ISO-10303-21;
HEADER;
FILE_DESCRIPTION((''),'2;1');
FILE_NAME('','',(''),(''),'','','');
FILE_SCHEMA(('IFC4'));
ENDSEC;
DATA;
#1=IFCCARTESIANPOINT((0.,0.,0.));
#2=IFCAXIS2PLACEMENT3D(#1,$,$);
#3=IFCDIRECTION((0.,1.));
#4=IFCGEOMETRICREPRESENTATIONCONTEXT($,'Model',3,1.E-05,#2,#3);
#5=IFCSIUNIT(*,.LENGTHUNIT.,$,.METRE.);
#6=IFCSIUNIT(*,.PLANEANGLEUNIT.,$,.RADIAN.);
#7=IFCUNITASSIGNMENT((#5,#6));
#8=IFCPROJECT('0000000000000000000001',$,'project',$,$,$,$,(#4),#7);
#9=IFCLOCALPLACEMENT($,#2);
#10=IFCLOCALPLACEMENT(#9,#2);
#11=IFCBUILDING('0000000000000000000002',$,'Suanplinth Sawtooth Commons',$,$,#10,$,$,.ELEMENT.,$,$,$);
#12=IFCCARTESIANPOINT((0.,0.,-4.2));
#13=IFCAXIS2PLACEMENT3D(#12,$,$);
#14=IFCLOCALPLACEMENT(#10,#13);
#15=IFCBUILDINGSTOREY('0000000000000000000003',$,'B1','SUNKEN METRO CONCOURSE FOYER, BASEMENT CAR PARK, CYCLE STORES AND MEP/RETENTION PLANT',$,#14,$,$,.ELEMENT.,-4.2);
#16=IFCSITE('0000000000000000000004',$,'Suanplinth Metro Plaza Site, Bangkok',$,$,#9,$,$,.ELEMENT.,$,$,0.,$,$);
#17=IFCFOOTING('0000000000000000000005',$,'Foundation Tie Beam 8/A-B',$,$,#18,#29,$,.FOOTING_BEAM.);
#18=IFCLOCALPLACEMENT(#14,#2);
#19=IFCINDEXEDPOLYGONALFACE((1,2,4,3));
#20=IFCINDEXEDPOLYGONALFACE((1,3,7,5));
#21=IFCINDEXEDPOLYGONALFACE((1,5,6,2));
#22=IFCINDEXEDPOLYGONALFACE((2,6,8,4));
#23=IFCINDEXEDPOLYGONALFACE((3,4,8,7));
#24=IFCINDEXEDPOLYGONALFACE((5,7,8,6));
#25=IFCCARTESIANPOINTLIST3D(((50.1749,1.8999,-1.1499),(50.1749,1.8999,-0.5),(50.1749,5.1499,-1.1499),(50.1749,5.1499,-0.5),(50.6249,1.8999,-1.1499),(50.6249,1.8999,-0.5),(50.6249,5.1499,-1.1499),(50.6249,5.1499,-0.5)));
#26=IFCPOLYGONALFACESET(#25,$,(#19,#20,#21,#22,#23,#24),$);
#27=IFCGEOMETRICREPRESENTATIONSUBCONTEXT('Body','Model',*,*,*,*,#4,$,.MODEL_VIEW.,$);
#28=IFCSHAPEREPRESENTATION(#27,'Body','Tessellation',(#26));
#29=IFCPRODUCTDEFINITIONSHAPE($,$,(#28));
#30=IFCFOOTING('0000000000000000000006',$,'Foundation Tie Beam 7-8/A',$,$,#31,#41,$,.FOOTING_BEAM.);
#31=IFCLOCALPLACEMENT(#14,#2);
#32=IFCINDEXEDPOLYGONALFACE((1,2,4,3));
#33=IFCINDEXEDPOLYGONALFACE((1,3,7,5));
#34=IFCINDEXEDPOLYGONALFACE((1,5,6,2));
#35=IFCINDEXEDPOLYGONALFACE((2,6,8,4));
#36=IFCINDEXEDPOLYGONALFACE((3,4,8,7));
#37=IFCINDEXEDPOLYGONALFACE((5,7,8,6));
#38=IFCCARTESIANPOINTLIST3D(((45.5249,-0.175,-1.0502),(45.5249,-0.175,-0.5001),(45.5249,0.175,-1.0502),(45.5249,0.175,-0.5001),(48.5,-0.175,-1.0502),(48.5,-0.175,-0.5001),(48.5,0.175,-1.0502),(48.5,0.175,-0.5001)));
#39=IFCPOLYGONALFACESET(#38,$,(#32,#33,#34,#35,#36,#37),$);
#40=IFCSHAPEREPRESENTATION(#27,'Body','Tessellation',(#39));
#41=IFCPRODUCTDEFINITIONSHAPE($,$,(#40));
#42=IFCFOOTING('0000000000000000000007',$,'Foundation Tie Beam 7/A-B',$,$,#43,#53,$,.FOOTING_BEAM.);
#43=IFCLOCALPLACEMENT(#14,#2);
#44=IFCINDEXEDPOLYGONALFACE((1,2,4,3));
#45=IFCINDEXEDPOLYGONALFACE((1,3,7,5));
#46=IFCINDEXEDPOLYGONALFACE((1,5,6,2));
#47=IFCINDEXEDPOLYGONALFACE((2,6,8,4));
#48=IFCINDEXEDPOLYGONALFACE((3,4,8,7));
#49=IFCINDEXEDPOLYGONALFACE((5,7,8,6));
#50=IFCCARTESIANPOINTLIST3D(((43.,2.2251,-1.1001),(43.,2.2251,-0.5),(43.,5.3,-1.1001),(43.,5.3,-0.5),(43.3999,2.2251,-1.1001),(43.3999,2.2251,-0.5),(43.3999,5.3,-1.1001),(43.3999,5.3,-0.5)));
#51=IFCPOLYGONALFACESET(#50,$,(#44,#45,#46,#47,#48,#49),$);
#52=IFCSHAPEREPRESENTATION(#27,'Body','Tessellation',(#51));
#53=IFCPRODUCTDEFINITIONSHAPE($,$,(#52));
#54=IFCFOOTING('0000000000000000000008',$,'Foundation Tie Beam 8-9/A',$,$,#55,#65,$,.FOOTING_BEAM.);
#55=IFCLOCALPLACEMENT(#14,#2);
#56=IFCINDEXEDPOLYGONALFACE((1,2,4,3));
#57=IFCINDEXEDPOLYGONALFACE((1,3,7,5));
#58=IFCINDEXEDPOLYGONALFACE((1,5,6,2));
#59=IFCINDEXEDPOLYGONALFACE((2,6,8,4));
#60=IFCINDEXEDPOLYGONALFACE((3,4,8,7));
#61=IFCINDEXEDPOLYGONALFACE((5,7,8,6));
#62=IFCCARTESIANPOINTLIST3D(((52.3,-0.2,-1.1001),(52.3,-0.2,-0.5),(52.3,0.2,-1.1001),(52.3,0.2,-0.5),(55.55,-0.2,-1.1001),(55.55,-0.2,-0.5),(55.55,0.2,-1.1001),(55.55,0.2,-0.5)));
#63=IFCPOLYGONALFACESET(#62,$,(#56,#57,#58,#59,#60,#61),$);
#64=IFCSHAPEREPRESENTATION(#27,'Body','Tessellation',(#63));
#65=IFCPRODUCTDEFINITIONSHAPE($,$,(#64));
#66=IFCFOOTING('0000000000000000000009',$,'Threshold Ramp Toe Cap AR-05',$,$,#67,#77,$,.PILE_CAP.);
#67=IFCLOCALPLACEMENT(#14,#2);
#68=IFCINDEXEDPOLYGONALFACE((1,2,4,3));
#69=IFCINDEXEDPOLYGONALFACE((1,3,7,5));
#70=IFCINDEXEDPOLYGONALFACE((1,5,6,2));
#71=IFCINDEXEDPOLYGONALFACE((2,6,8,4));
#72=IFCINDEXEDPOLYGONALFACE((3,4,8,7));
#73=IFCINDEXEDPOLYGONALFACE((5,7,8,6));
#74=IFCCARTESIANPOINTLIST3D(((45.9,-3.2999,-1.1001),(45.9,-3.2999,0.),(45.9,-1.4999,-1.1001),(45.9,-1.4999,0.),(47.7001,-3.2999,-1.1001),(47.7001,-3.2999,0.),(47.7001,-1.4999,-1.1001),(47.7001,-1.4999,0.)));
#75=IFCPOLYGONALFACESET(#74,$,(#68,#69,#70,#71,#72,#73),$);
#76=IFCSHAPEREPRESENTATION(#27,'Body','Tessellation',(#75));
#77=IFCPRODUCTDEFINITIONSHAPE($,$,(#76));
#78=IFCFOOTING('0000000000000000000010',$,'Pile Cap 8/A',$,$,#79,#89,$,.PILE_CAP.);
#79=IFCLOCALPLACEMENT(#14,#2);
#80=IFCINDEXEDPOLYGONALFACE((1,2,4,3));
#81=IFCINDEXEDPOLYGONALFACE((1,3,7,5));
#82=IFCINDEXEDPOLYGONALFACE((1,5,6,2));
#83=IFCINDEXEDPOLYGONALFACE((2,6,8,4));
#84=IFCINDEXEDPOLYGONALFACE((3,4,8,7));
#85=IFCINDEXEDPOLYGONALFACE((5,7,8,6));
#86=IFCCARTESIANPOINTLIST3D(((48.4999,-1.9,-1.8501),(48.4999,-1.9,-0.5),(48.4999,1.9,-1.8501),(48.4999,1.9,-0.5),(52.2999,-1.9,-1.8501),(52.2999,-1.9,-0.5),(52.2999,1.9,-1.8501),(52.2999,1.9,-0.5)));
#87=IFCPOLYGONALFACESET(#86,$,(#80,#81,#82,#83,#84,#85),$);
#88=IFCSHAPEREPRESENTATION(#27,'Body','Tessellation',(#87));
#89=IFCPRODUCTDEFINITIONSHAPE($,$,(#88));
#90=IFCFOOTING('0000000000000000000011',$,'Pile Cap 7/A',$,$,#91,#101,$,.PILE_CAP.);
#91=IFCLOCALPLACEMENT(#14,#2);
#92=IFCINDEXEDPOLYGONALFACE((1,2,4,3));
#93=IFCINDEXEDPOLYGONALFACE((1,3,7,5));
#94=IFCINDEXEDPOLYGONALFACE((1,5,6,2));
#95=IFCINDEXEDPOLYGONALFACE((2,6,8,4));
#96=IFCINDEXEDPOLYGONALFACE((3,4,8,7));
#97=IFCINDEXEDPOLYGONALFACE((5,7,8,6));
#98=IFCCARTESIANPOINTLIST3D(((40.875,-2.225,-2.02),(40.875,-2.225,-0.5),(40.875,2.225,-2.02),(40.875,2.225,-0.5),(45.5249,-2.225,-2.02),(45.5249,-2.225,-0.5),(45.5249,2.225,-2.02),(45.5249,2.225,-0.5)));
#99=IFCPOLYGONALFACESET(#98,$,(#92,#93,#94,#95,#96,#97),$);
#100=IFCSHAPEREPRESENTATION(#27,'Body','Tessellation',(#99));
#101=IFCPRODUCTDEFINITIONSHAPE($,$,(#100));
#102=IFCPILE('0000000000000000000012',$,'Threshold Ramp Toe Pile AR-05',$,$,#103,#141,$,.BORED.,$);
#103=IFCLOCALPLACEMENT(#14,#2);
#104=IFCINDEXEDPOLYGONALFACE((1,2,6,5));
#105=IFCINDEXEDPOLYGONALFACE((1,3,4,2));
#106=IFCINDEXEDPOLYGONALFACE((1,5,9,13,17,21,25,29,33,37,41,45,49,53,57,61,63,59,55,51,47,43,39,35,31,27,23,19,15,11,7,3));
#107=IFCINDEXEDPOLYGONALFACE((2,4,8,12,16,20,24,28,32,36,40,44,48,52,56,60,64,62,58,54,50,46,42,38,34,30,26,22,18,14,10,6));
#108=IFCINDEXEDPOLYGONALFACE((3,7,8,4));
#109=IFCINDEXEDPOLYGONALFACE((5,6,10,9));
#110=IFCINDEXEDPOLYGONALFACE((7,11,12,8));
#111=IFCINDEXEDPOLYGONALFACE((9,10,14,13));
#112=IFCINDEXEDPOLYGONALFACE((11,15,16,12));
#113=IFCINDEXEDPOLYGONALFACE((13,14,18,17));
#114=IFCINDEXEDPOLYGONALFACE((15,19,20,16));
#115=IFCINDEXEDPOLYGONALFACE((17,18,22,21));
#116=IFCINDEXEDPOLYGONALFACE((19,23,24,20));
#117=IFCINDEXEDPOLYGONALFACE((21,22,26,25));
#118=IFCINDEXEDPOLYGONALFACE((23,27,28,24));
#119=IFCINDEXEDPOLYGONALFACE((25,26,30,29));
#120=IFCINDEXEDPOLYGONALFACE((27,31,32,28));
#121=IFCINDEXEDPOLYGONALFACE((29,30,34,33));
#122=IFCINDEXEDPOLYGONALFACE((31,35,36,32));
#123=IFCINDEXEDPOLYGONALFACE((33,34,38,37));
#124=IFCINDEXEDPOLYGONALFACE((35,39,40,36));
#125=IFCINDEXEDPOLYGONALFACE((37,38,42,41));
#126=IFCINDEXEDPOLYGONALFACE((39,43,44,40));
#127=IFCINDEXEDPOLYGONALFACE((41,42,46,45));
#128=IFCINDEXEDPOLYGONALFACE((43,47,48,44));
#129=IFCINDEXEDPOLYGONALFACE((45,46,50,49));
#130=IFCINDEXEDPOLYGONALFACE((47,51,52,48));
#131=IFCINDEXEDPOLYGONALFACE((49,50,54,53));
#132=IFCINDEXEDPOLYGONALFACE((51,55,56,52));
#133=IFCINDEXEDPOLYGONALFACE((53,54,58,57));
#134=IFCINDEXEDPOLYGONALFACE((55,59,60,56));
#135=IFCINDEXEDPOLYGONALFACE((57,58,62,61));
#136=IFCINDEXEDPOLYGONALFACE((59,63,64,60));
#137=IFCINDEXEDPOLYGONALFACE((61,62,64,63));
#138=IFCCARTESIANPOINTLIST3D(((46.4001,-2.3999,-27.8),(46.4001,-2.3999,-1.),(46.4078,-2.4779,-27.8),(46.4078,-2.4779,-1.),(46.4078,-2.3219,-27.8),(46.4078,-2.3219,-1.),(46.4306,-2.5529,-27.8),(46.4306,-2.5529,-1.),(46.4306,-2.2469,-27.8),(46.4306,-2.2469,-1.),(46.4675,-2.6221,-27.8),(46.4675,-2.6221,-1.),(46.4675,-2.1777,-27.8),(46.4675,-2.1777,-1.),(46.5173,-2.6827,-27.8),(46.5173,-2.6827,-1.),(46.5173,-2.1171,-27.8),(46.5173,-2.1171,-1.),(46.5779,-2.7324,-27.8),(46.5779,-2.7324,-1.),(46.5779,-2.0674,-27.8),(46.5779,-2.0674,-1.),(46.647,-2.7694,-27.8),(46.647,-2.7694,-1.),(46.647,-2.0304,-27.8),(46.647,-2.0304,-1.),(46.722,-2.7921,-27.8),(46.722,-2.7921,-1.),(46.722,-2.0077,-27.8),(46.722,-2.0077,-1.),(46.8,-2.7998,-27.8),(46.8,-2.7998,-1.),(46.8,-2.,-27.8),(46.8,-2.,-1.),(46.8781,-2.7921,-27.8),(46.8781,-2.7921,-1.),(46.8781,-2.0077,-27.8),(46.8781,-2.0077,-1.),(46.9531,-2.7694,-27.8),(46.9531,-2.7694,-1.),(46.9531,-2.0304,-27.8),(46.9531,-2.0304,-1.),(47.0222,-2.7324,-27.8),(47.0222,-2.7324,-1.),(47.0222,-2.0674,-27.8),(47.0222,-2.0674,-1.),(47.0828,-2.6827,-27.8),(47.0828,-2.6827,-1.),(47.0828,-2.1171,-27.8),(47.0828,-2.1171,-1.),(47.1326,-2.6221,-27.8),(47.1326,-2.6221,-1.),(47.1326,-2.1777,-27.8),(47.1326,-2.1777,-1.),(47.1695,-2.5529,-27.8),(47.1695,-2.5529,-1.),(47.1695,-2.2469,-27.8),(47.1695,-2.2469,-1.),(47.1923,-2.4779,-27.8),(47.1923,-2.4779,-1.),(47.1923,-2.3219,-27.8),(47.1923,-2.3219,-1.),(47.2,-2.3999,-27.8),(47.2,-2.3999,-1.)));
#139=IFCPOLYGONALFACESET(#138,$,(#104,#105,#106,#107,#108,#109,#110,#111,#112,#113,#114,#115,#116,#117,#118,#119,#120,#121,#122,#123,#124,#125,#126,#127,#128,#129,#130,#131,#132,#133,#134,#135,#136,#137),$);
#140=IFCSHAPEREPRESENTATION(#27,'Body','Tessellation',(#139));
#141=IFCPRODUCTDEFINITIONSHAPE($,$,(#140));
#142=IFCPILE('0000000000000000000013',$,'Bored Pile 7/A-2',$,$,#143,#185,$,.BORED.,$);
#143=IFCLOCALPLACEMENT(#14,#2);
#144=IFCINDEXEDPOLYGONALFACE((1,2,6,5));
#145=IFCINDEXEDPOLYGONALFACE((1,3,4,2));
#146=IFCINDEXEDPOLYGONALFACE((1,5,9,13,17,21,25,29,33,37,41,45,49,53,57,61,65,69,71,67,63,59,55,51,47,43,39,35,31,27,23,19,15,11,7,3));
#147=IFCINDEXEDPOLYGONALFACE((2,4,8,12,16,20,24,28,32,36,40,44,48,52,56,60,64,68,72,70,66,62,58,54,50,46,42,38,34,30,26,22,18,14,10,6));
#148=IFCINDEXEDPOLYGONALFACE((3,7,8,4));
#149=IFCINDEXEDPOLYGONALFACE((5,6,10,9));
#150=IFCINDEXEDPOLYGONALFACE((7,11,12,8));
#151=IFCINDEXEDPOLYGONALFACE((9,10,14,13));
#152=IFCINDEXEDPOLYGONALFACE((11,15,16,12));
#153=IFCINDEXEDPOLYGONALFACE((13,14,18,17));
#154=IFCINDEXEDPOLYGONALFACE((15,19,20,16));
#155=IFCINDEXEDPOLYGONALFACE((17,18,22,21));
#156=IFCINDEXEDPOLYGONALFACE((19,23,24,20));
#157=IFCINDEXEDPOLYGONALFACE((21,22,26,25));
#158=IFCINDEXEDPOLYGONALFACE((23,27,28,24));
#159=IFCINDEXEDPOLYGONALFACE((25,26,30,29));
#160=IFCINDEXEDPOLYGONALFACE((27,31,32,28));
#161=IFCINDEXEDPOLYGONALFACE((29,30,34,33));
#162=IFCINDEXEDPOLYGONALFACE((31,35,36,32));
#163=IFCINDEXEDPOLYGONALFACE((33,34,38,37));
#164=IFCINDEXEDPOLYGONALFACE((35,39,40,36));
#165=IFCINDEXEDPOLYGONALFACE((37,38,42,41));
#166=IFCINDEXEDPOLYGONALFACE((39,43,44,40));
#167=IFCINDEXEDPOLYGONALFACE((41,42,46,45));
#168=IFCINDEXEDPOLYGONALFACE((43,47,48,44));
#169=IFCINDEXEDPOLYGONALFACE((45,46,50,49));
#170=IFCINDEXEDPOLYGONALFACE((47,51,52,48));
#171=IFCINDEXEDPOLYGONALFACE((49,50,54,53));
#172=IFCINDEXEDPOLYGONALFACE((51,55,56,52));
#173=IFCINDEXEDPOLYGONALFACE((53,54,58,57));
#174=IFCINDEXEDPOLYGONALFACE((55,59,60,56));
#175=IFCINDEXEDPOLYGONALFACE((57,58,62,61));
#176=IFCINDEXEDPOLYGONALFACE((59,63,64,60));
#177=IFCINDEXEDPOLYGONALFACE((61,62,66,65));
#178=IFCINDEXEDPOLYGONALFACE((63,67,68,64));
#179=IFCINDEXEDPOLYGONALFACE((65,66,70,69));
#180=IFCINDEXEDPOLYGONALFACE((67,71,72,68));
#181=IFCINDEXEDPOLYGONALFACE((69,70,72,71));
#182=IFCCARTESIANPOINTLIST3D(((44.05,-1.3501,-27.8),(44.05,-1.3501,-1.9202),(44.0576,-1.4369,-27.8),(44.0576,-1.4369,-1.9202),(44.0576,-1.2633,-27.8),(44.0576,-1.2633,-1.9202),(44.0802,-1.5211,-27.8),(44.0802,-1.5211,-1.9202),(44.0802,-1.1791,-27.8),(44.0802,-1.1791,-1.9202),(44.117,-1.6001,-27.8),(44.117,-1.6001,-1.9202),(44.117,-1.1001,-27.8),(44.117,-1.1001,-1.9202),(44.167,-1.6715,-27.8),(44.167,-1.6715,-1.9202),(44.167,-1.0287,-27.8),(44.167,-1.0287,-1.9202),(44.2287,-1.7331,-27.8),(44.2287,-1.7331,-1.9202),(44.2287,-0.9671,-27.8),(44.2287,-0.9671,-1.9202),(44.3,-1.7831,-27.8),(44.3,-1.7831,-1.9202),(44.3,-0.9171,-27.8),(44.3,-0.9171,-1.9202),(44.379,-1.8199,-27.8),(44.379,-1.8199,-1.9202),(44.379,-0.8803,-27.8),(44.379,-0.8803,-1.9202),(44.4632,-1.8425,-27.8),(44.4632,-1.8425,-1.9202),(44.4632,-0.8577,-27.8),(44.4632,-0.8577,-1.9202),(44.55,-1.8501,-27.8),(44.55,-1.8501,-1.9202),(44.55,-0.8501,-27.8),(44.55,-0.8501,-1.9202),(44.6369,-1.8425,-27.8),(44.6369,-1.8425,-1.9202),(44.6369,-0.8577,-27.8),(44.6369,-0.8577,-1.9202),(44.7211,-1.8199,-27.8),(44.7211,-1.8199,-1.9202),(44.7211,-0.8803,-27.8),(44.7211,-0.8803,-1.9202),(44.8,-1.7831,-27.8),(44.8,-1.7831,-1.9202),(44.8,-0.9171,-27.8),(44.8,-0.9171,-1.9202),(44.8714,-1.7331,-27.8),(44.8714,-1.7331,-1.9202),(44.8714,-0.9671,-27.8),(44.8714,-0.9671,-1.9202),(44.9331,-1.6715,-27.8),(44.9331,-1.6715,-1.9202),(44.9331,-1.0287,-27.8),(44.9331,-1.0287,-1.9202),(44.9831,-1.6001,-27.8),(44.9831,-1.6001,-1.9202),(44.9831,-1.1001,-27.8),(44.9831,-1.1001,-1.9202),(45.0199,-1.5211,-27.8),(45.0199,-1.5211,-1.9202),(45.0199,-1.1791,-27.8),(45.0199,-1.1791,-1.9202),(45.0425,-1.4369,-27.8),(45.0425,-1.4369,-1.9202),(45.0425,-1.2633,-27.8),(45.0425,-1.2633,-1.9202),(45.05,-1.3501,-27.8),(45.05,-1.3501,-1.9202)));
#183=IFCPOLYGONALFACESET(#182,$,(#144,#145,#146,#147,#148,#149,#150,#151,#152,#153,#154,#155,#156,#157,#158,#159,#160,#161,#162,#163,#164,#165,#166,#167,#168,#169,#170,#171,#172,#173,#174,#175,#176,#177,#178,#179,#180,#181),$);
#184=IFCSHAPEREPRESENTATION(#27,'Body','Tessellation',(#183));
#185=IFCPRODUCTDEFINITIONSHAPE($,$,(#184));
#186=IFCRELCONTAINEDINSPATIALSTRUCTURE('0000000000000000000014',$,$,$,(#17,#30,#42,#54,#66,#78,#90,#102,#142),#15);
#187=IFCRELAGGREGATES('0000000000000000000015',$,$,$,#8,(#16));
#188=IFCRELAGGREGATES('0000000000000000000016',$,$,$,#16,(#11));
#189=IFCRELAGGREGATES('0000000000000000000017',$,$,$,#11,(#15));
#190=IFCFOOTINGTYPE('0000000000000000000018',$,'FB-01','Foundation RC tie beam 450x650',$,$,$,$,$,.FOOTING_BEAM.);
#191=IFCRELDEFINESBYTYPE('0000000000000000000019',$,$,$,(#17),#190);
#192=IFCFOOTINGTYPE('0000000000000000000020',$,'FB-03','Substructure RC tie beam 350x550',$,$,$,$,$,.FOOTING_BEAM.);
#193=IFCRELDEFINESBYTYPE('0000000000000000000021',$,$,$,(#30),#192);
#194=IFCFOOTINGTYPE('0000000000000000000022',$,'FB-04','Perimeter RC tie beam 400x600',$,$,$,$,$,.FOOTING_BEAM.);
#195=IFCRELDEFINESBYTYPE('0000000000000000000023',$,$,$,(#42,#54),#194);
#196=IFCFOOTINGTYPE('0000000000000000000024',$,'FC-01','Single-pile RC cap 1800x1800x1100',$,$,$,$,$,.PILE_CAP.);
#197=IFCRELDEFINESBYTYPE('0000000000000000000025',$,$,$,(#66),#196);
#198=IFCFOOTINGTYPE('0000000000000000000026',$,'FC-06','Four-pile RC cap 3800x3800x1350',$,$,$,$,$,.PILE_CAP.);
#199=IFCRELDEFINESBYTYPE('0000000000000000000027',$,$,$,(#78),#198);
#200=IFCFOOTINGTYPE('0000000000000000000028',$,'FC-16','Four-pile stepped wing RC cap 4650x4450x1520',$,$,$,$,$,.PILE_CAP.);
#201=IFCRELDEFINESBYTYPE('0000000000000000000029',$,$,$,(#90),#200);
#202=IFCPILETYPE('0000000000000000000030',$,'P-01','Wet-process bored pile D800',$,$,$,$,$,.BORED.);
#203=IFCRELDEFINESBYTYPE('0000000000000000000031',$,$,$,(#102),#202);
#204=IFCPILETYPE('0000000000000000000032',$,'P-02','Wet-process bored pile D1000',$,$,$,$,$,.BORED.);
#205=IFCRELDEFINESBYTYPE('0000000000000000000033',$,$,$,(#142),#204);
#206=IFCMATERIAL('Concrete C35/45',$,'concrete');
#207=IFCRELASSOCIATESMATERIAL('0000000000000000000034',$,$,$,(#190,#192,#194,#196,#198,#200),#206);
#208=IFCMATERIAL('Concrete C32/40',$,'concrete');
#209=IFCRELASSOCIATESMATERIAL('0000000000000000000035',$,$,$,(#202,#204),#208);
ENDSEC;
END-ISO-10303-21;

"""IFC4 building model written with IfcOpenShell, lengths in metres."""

from ifc_helpers import new_model, si_unit, direction, frame, origin, origin_2d, place, context, subcontext, project, spatial, rectangle, circle, extrude, material, material_profile, profile_set, type_object, element, save


model = new_model("IFC4")

# Units and contexts
model_context = context("Model", 3, precision=1e-05, world=origin(), true_north=direction((0.0, 1.0)))
body_context = subcontext(model_context, "Body", "Model", "MODEL_VIEW")
ifc_project = project(units=[si_unit("LENGTHUNIT", "METRE"), si_unit("PLANEANGLEUNIT", "RADIAN")], contexts=[model_context])

# Site, building, storey
site_placement = place(None, origin())
site = spatial("IfcSite", under=ifc_project, at=site_placement, Name="Suanplinth Metro Plaza Site, Bangkok", CompositionType="ELEMENT", RefElevation=0.0)
building_placement = place(site_placement, origin())
building = spatial("IfcBuilding", under=site, at=building_placement, Name="Suanplinth Sawtooth Commons", CompositionType="ELEMENT")
storey_placement = place(building_placement, frame((0.0, 0.0, -4.2)))
storey = spatial("IfcBuildingStorey", under=building, at=storey_placement, Name="B1", Description="SUNKEN METRO CONCOURSE FOYER, BASEMENT CAR PARK, CYCLE STORES AND MEP/RETENTION PLANT", CompositionType="ELEMENT", Elevation=-4.2)

# Footings
ifc_material_1 = material(Name="Concrete C35/45", Category="concrete")
ifc_material_profile_1 = material_profile(ifc_material_1, rectangle(XDim=0.45, YDim=0.6499, at=origin_2d()), Name="PC-GDR 450x650")
ifc_profile_set_1 = profile_set([ifc_material_profile_1], Name="Concrete C35/45")
footing_type_1 = type_object("IfcFootingType", Name="FB-01", Description="Foundation RC tie beam 450x650", PredefinedType="FOOTING_BEAM", material=ifc_profile_set_1)
footing_1_placement = place(storey_placement, frame((50.3999, 1.8999, -0.825), z_axis=(0.0, 1.0, 0.0), x_axis=(-1.0, 0.0, 0.0)))
element("IfcFooting", 1, at=footing_1_placement, inside=storey, type_object=footing_type_1, Name="Foundation Tie Beam 8/A-B", PredefinedType="FOOTING_BEAM", context=body_context, shape_type="SweptSolid", body=[
    extrude(rectangle(XDim=0.45, YDim=0.6499, at=origin_2d()), origin(), (0.0, 0.0, 1.0), 3.25),
])
ifc_material_profile_2 = material_profile(ifc_material_1, rectangle(XDim=0.3501, YDim=0.55, at=origin_2d()), Name="PC-BM 350x550")
ifc_profile_set_2 = profile_set([ifc_material_profile_2], Name="Concrete C35/45")
footing_type_2 = type_object("IfcFootingType", Name="FB-03", Description="Substructure RC tie beam 350x550", PredefinedType="FOOTING_BEAM", material=ifc_profile_set_2)
footing_2_placement = place(storey_placement, frame((45.5249, 0.0, -0.7751), z_axis=(1.0, 0.0, 0.0), x_axis=(0.0, 1.0, 0.0)))
element("IfcFooting", 2, at=footing_2_placement, inside=storey, type_object=footing_type_2, Name="Foundation Tie Beam 7-8/A", PredefinedType="FOOTING_BEAM", context=body_context, shape_type="SweptSolid", body=[
    extrude(rectangle(XDim=0.3501, YDim=0.55, at=origin_2d()), origin(), (0.0, 0.0, 1.0), 2.9751),
])
ifc_material_profile_3 = material_profile(ifc_material_1, rectangle(XDim=0.3999, YDim=0.6001, at=origin_2d()), Name="PC-GDR 400x600")
ifc_profile_set_3 = profile_set([ifc_material_profile_3], Name="Concrete C35/45")
footing_type_3 = type_object("IfcFootingType", Name="FB-04", Description="Perimeter RC tie beam 400x600", PredefinedType="FOOTING_BEAM", material=ifc_profile_set_3)
footing_3_placement = place(storey_placement, frame((43.2, 2.2251, -0.8), z_axis=(0.0, 1.0, 0.0), x_axis=(-1.0, 0.0, 0.0)))
element("IfcFooting", 3, at=footing_3_placement, inside=storey, type_object=footing_type_3, Name="Foundation Tie Beam 7/A-B", PredefinedType="FOOTING_BEAM", context=body_context, shape_type="SweptSolid", body=[
    extrude(rectangle(XDim=0.3999, YDim=0.6001, at=origin_2d()), origin(), (0.0, 0.0, 1.0), 3.075),
])
footing_4_placement = place(storey_placement, frame((52.3, 0.0, -0.8), z_axis=(1.0, 0.0, 0.0), x_axis=(0.0, 1.0, 0.0)))
element("IfcFooting", 4, at=footing_4_placement, inside=storey, type_object=footing_type_3, Name="Foundation Tie Beam 8-9/A", PredefinedType="FOOTING_BEAM", context=body_context, shape_type="SweptSolid", body=[
    extrude(rectangle(XDim=0.3999, YDim=0.6001, at=origin_2d()), origin(), (0.0, 0.0, 1.0), 3.25),
])
footing_type_4 = type_object("IfcFootingType", Name="FC-01", Description="Single-pile RC cap 1800x1800x1100", PredefinedType="PILE_CAP", material=ifc_material_1)
footing_5_placement = place(storey_placement, frame((46.8, -2.3999, -1.1001), z_axis=(0.0, 0.0, 1.0), x_axis=(1.0, 0.0, 0.0)))
element("IfcFooting", 5, at=footing_5_placement, inside=storey, type_object=footing_type_4, Name="Threshold Ramp Toe Cap AR-05", PredefinedType="PILE_CAP", context=body_context, shape_type="SweptSolid", body=[
    extrude(rectangle(XDim=1.8, YDim=1.8, at=origin_2d()), origin(), (0.0, 0.0, 1.0), 1.1001),
])
footing_type_5 = type_object("IfcFootingType", Name="FC-06", Description="Four-pile RC cap 3800x3800x1350", PredefinedType="PILE_CAP", material=ifc_material_1)
footing_6_placement = place(storey_placement, frame((50.3999, 0.0, -1.8501), z_axis=(0.0, 0.0, 1.0), x_axis=(1.0, 0.0, 0.0)))
element("IfcFooting", 6, at=footing_6_placement, inside=storey, type_object=footing_type_5, Name="Pile Cap 8/A", PredefinedType="PILE_CAP", context=body_context, shape_type="SweptSolid", body=[
    extrude(rectangle(XDim=3.8, YDim=3.8, at=origin_2d()), origin(), (0.0, 0.0, 1.0), 1.3501),
])
footing_type_6 = type_object("IfcFootingType", Name="FC-16", Description="Four-pile stepped wing RC cap 4650x4450x1520", PredefinedType="PILE_CAP", material=ifc_material_1)
footing_7_placement = place(storey_placement, frame((43.2, 0.0, -2.02), z_axis=(0.0, 0.0, 1.0), x_axis=(1.0, 0.0, 0.0)))
element("IfcFooting", 7, at=footing_7_placement, inside=storey, type_object=footing_type_6, Name="Pile Cap 7/A", PredefinedType="PILE_CAP", context=body_context, shape_type="SweptSolid", body=[
    extrude(rectangle(XDim=4.6499, YDim=4.45, at=origin_2d()), origin(), (0.0, 0.0, 1.0), 1.52),
])

# Piles
ifc_material_2 = material(Name="Concrete C32/40", Category="concrete")
ifc_material_profile_4 = material_profile(ifc_material_2, circle(Radius=0.3999, at=origin_2d()), Name="PILE D800")
ifc_profile_set_4 = profile_set([ifc_material_profile_4], Name="Concrete C32/40")
pile_type_1 = type_object("IfcPileType", Name="P-01", Description="Wet-process bored pile D800", PredefinedType="BORED", material=ifc_profile_set_4)
pile_1_placement = place(storey_placement, frame((46.8, -2.3999, -1.0), z_axis=(0.0, 0.0, -1.0), x_axis=(1.0, 0.0, 0.0)))
element("IfcPile", 8, at=pile_1_placement, inside=storey, type_object=pile_type_1, Name="Threshold Ramp Toe Pile AR-05", PredefinedType="BORED", context=body_context, shape_type="SweptSolid", body=[
    extrude(circle(Radius=0.3999, at=origin_2d()), origin(), (0.0, 0.0, 1.0), 26.8),
])
ifc_material_profile_5 = material_profile(ifc_material_2, circle(Radius=0.5, at=origin_2d()), Name="PILE D1000")
ifc_profile_set_5 = profile_set([ifc_material_profile_5], Name="Concrete C32/40")
pile_type_2 = type_object("IfcPileType", Name="P-02", Description="Wet-process bored pile D1000", PredefinedType="BORED", material=ifc_profile_set_5)
for number, where, z_axis, x_axis, name in (
    (9, (44.55, -1.3501, -1.9202), (0.0, 0.0, -1.0), (1.0, 0.0, 0.0), "Bored Pile 7/A-2"),
):
    element("IfcPile", number, at=place(storey_placement, frame(where, z_axis=z_axis, x_axis=x_axis)), inside=storey, type_object=pile_type_2, Name=name, PredefinedType="BORED", context=body_context, shape_type="SweptSolid", body=[
        extrude(circle(Radius=0.5, at=origin_2d()), origin(), (0.0, 0.0, 1.0), 25.8799),
    ])

save(model, "model.ifc")
